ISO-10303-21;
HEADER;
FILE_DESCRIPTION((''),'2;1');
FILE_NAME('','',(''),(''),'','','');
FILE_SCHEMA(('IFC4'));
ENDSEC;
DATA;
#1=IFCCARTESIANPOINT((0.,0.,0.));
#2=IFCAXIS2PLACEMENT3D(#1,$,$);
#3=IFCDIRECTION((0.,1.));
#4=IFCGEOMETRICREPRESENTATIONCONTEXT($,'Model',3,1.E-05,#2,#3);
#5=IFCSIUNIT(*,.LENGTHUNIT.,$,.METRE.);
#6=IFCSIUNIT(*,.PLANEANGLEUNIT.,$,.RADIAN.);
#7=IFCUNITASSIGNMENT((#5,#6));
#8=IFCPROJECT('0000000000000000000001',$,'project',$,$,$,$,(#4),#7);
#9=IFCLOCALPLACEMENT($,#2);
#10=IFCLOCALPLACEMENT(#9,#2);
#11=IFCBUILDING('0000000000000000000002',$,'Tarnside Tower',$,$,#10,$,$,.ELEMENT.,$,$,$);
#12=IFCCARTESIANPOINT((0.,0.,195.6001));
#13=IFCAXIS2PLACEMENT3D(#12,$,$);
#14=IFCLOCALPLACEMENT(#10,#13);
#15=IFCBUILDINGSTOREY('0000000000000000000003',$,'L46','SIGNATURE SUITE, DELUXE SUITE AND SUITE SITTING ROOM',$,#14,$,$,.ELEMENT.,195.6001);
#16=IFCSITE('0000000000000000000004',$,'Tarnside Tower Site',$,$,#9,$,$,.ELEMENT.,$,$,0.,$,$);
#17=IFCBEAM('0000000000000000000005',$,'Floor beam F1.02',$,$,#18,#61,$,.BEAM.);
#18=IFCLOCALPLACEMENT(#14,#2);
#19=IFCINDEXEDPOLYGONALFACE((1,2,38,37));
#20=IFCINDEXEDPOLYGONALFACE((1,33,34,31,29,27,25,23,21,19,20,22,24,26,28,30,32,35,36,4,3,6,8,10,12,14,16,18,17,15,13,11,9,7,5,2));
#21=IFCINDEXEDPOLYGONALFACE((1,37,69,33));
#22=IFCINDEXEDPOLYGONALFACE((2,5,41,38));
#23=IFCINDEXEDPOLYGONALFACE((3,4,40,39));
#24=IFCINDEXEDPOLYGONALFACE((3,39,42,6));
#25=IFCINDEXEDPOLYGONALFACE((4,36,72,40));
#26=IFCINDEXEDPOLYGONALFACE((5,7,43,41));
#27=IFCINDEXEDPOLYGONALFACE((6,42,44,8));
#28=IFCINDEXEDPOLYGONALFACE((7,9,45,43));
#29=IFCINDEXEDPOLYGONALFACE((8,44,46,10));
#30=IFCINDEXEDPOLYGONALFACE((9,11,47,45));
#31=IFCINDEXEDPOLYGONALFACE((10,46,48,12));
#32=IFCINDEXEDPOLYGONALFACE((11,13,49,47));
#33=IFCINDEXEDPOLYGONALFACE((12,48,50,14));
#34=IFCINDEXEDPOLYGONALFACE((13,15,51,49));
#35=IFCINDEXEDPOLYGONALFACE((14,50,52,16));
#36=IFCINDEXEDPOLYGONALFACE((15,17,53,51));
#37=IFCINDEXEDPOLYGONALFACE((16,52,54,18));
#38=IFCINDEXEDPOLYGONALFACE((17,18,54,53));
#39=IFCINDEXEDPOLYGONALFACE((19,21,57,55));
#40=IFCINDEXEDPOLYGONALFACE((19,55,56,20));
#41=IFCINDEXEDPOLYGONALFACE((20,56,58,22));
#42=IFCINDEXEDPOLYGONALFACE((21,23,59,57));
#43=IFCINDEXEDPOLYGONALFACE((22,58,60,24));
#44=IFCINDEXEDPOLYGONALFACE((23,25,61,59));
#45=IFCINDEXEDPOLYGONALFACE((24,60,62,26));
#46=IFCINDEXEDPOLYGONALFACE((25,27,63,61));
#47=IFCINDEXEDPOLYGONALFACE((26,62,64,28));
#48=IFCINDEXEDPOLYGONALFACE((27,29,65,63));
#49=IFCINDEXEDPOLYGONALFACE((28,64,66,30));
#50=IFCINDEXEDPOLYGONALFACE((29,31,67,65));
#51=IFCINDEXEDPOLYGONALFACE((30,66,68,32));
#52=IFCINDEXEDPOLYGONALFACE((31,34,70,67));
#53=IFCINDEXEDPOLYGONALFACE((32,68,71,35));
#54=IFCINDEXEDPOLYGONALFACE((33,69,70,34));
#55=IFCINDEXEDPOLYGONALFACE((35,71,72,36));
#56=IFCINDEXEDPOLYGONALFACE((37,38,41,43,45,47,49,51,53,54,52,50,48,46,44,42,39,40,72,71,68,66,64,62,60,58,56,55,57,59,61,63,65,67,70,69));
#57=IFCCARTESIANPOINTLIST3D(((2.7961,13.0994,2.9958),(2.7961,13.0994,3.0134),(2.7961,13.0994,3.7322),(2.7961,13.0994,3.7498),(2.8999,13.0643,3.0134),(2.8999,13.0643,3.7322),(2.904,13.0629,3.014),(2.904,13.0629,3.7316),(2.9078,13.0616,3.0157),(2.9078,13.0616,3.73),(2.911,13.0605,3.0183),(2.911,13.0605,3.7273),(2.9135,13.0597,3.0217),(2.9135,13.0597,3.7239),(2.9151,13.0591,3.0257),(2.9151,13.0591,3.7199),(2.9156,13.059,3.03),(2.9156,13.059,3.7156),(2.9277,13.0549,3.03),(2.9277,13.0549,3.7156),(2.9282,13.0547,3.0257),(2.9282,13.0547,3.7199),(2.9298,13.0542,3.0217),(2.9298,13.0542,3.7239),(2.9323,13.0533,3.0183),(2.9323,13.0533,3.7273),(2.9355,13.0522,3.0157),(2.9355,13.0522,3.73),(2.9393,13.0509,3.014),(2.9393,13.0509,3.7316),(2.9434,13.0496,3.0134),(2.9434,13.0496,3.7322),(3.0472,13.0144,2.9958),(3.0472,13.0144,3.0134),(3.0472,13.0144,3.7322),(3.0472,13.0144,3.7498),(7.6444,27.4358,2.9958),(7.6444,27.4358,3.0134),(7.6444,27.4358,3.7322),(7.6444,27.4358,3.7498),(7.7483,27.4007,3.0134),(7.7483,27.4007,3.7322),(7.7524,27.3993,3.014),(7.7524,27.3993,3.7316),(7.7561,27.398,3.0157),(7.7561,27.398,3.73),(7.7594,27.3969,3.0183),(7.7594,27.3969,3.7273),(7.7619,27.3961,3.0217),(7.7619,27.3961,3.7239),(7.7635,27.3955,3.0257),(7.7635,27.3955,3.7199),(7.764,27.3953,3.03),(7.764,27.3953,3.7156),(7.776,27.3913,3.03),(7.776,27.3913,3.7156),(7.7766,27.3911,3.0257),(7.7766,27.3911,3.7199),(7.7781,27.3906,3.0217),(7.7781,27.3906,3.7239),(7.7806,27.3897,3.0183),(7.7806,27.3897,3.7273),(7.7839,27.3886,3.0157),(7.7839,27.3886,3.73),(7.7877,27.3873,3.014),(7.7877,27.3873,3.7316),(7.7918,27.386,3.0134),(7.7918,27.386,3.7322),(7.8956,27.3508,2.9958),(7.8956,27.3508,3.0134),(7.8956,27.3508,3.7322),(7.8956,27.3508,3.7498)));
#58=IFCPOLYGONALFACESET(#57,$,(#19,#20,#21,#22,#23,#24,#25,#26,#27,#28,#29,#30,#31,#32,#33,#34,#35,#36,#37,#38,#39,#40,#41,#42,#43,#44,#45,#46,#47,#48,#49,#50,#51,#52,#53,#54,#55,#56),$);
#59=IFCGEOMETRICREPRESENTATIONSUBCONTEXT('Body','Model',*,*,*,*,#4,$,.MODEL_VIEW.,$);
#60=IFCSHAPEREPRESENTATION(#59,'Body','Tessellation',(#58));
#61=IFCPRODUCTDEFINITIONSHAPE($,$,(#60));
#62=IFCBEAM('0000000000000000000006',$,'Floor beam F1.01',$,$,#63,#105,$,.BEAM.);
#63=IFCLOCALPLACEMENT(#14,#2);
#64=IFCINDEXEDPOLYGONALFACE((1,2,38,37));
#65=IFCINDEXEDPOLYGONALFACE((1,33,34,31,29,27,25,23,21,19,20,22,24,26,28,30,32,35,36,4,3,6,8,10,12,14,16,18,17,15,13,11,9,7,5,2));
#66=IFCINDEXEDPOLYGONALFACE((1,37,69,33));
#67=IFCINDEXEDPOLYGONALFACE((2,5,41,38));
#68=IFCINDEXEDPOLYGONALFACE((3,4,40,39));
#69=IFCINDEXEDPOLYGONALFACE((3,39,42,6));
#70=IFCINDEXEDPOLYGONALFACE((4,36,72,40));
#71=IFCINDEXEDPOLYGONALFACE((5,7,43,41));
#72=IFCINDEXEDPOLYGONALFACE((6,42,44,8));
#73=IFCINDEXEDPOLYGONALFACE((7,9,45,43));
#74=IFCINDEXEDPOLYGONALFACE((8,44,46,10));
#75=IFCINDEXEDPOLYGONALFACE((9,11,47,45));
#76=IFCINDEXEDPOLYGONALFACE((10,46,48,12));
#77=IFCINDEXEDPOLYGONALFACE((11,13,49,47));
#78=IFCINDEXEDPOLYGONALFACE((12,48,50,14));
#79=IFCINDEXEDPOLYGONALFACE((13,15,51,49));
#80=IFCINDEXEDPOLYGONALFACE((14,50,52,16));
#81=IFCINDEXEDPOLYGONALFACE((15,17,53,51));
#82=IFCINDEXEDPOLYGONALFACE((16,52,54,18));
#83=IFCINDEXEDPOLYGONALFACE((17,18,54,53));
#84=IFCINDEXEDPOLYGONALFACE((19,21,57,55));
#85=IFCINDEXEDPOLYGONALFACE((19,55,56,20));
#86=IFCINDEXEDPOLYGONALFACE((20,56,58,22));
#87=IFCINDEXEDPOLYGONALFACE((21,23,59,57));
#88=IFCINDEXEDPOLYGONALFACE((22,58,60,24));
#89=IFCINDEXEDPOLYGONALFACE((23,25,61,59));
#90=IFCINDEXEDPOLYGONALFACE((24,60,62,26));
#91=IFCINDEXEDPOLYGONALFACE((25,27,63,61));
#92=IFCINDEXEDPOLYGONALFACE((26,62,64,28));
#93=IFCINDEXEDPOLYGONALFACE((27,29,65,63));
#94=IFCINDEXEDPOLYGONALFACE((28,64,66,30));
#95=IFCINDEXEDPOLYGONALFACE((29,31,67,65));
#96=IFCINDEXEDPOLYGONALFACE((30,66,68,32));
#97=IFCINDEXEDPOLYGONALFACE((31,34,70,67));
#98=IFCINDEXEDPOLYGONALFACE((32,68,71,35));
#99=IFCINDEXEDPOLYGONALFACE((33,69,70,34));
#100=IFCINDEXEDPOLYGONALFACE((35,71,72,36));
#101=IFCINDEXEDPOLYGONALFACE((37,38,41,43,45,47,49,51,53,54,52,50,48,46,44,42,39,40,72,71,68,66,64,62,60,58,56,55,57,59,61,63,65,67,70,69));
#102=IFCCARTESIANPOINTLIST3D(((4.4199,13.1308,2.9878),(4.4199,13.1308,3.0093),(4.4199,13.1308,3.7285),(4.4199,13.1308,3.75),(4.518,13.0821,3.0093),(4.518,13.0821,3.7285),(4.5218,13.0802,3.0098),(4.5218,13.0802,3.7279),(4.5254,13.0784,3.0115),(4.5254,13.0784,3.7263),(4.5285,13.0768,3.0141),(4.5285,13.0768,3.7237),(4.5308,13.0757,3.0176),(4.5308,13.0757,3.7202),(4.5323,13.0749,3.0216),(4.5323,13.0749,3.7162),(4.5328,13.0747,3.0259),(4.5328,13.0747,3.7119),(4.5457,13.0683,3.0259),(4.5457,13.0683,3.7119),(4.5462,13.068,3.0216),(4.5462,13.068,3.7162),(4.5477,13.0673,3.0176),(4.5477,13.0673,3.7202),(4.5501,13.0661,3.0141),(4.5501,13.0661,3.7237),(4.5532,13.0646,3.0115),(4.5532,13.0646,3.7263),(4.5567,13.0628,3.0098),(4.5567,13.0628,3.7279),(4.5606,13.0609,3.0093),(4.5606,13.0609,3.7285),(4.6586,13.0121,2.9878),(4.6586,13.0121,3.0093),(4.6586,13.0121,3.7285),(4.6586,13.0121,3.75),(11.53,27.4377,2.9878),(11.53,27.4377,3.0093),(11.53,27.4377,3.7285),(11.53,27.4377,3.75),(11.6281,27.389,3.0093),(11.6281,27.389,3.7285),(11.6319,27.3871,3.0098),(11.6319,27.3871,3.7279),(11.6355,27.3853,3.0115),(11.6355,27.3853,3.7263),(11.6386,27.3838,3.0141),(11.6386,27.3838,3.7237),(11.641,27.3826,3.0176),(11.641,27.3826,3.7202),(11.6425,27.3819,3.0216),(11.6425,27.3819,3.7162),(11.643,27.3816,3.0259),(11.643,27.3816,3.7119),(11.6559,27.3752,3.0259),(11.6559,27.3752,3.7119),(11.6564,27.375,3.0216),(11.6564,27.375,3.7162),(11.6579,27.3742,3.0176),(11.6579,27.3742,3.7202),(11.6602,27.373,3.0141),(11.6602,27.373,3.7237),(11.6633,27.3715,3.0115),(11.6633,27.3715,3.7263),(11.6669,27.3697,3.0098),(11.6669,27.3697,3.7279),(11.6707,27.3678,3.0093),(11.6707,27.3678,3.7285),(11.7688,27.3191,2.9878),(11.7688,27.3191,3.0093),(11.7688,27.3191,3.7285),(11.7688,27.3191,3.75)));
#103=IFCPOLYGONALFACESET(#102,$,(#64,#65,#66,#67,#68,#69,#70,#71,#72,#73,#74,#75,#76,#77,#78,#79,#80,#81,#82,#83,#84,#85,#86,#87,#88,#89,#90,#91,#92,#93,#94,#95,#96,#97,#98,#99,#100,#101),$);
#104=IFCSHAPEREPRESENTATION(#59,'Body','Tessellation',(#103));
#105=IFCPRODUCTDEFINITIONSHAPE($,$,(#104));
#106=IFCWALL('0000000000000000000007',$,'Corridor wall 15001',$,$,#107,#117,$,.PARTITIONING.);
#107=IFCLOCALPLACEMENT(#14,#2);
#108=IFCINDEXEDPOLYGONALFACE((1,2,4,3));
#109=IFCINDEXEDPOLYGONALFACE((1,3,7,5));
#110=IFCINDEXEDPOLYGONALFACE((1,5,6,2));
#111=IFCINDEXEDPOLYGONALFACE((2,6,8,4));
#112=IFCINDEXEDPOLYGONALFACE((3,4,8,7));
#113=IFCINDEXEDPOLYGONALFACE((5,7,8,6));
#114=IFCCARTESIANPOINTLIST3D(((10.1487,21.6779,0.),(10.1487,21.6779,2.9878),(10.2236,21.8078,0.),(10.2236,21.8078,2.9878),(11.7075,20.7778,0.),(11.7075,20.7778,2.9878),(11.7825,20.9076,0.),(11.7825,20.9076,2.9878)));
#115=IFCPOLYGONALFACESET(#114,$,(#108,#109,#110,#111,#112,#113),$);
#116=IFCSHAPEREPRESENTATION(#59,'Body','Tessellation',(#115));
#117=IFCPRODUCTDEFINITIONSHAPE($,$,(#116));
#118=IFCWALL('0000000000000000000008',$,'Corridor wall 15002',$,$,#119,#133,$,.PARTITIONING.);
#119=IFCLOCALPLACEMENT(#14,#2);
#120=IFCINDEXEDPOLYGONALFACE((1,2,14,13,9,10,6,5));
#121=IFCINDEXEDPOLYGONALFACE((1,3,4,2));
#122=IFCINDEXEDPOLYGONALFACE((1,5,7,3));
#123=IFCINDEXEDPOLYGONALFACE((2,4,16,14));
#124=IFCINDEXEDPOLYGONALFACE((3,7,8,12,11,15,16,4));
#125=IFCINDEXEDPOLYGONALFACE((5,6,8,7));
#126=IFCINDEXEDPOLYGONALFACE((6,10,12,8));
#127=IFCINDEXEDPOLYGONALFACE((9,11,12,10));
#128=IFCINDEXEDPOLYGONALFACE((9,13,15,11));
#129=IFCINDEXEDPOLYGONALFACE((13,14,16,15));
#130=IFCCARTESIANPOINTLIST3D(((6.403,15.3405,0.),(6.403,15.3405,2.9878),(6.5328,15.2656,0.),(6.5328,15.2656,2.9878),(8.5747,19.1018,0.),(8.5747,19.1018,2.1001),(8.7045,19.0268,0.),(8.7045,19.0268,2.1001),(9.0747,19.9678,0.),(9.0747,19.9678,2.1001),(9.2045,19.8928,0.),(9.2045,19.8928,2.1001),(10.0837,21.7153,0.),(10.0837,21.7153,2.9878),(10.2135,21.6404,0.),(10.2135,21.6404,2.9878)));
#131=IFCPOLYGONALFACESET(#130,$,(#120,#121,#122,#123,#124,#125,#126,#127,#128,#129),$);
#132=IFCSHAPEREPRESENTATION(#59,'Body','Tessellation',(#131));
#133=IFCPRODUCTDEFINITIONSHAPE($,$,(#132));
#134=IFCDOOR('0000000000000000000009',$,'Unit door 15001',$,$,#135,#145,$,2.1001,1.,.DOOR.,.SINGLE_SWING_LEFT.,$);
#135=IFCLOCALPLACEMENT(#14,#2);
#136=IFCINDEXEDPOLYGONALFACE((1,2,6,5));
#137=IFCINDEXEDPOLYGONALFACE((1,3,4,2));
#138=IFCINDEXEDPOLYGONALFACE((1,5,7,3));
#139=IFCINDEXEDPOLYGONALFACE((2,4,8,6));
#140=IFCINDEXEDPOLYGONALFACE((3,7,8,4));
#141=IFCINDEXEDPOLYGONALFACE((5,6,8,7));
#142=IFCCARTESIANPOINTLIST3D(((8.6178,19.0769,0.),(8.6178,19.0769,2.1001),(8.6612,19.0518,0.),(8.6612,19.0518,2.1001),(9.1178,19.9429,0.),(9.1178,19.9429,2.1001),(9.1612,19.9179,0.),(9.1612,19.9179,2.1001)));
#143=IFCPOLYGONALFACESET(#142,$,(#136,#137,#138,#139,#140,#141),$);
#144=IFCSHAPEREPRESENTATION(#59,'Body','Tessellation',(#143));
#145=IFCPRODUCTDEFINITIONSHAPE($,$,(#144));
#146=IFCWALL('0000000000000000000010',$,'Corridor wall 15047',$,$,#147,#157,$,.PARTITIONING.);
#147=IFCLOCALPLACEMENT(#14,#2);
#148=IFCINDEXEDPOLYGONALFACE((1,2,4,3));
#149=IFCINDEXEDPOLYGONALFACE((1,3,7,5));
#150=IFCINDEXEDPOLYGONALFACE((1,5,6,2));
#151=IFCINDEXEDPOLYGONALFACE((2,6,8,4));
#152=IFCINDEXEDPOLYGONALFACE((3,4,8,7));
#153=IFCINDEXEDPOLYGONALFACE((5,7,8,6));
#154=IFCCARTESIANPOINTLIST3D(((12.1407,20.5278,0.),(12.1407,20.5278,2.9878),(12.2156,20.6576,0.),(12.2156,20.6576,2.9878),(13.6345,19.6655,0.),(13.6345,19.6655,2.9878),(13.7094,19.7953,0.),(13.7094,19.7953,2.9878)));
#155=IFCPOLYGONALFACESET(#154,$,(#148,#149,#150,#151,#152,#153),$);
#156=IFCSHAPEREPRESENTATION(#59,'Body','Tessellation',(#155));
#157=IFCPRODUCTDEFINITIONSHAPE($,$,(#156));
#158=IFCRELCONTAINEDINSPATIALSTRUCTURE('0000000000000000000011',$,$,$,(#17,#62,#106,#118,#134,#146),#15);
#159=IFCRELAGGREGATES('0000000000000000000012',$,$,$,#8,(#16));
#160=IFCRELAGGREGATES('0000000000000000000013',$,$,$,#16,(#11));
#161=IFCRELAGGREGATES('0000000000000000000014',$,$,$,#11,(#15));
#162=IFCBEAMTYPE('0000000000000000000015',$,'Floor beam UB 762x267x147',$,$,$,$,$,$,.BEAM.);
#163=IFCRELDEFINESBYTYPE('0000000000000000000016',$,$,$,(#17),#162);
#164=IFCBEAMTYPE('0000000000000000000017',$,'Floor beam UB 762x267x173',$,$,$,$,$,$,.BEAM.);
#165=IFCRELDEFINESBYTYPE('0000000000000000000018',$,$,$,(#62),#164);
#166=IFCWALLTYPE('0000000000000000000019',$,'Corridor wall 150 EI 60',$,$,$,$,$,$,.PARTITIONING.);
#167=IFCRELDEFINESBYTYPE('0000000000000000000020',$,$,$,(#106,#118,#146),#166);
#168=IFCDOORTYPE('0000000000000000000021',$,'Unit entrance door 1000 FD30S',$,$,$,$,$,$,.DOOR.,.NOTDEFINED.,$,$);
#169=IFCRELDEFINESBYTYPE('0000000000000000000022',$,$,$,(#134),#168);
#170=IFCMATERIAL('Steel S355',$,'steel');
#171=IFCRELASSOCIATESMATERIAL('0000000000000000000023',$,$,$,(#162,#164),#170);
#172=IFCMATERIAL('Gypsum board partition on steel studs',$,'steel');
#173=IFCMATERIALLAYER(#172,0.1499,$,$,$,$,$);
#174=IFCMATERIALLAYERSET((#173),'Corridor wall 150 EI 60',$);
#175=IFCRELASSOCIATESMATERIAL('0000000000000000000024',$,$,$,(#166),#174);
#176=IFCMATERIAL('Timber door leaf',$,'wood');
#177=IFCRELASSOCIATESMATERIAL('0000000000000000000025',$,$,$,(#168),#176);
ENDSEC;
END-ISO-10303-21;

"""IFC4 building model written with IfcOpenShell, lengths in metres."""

from ifc_helpers import new_model, si_unit, direction, frame, frame_2d, origin, origin_2d, place, context, subcontext, project, spatial, rectangle, i_section, extrude, material, layer, layer_set, material_profile, profile_set, type_object, element, fill, save


model = new_model("IFC4")

# Units and contexts
model_context = context("Model", 3, precision=1e-05, world=origin(), true_north=direction((0.0, 1.0)))
body_context = subcontext(model_context, "Body", "Model", "MODEL_VIEW")
ifc_project = project(units=[si_unit("LENGTHUNIT", "METRE"), si_unit("PLANEANGLEUNIT", "RADIAN")], contexts=[model_context])

# Site, building, storey
site_placement = place(None, origin())
site = spatial("IfcSite", under=ifc_project, at=site_placement, Name="Tarnside Tower Site", CompositionType="ELEMENT", RefElevation=0.0)
building_placement = place(site_placement, origin())
building = spatial("IfcBuilding", under=site, at=building_placement, Name="Tarnside Tower", CompositionType="ELEMENT")
storey_placement = place(building_placement, frame((0.0, 0.0, 195.6001)))
storey = spatial("IfcBuildingStorey", under=building, at=storey_placement, Name="L46", Description="SIGNATURE SUITE, DELUXE SUITE AND SUITE SITTING ROOM", CompositionType="ELEMENT", Elevation=195.6001)

# Beams
ifc_material_1 = material(Name="Steel S355", Category="steel")
ifc_material_profile_1 = material_profile(ifc_material_1, i_section(OverallWidth=0.2651, OverallDepth=0.7539, WebThickness=0.0127, FlangeThickness=0.0176, FilletRadius=0.0166, at=origin_2d()), Name="UB 762x267x147")
ifc_profile_set_1 = profile_set([ifc_material_profile_1], Name="Steel S355")
beam_type_1 = type_object("IfcBeamType", Name="Floor beam UB 762x267x147", PredefinedType="BEAM", material=ifc_profile_set_1)
beam_1_placement = place(storey_placement, frame((7.77, 27.3933, 3.3728), z_axis=(-0.320363, -0.947295, 0.0), x_axis=(0.947295, -0.320363, 0.0)))
element("IfcBeam", 1, at=beam_1_placement, inside=storey, type_object=beam_type_1, Name="Floor beam F1.02", PredefinedType="BEAM", context=body_context, shape_type="SweptSolid", body=[
    extrude(i_section(OverallWidth=0.2651, OverallDepth=0.7539, WebThickness=0.0127, FlangeThickness=0.0176, FilletRadius=0.0166, at=origin_2d()), origin(), (0.0, 0.0, 1.0), 15.134),
])
ifc_material_profile_2 = material_profile(ifc_material_1, i_section(OverallWidth=0.2666, OverallDepth=0.7622, WebThickness=0.0144, FlangeThickness=0.0215, FilletRadius=0.0166, at=origin_2d()), Name="UB 762x267x173")
ifc_profile_set_2 = profile_set([ifc_material_profile_2], Name="Steel S355")
beam_type_2 = type_object("IfcBeamType", Name="Floor beam UB 762x267x173", PredefinedType="BEAM", material=ifc_profile_set_2)
beam_2_placement = place(storey_placement, frame((11.6494, 27.3784, 3.3689), z_axis=(-0.445042, -0.89551, 0.0), x_axis=(0.89551, -0.445042, 0.0)))
element("IfcBeam", 2, at=beam_2_placement, inside=storey, type_object=beam_type_2, Name="Floor beam F1.01", PredefinedType="BEAM", context=body_context, shape_type="SweptSolid", body=[
    extrude(i_section(OverallWidth=0.2666, OverallDepth=0.7622, WebThickness=0.0144, FlangeThickness=0.0215, FilletRadius=0.0166, at=origin_2d()), origin(), (0.0, 0.0, 1.0), 15.9763),
])

# Wall
ifc_material_2 = material(Name="Gypsum board partition on steel studs", Category="steel")
ifc_layer_1 = layer(ifc_material_2, 0.1499)
ifc_layer_set_1 = layer_set([ifc_layer_1], Name="Corridor wall 150 EI 60")
wall_type_1 = type_object("IfcWallType", Name="Corridor wall 150 EI 60", PredefinedType="PARTITIONING", material=ifc_layer_set_1)
wall_1_placement = place(storey_placement, frame((11.7449, 20.8428, 0.0), z_axis=(0.0, 0.0, 1.0), x_axis=(-0.865989, 0.500063, 0.0)))
element("IfcWall", 3, at=wall_1_placement, inside=storey, type_object=wall_type_1, Name="Corridor wall 15001", PredefinedType="PARTITIONING", context=body_context, shape_type="SweptSolid", body=[
    extrude(rectangle(XDim=1.8, YDim=0.1499, at=frame_2d((0.8999, 0.0))), origin(), (0.0, 0.0, 1.0), 2.9878),
])

# Wall, opening, door
wall_2_placement = place(storey_placement, frame((10.1487, 21.678, 0.0), z_axis=(0.0, 0.0, 1.0), x_axis=(-0.50002, -0.866014, 0.0)))
wall_2 = element("IfcWall", 4, at=wall_2_placement, inside=storey, type_object=wall_type_1, Name="Corridor wall 15002", PredefinedType="PARTITIONING", context=body_context, shape_type="SweptSolid", body=[
    extrude(rectangle(XDim=7.3611, YDim=0.1499, at=frame_2d((3.6807, 0.0))), origin(), (0.0, 0.0, 1.0), 2.9878),
])
opening_1_placement = place(wall_2_placement, frame((2.0181, 0.0, 0.0)))
opening_1 = element("IfcOpeningElement", 5, at=opening_1_placement, cuts=wall_2, PredefinedType="OPENING", context=body_context, shape_type="SweptSolid", body=[
    extrude(rectangle(XDim=1.0, YDim=2.1001, at=frame_2d((0.5, 1.05))), frame((0.0, 0.085, 0.0), z_axis=(0.0, -1.0, 0.0), x_axis=(1.0, 0.0, 0.0)), (0.0, 0.0, 1.0), 0.1699),
])
ifc_material_3 = material(Name="Timber door leaf", Category="wood")
door_type = type_object("IfcDoorType", Name="Unit entrance door 1000 FD30S", OperationType="NOTDEFINED", PredefinedType="DOOR", material=ifc_material_3)
door_placement = place(opening_1_placement, origin())
door = element("IfcDoor", 6, at=door_placement, inside=storey, type_object=door_type, Name="Unit door 15001", OperationType="SINGLE_SWING_LEFT", OverallHeight=2.1001, OverallWidth=1.0, PredefinedType="DOOR", context=body_context, shape_type="SweptSolid", body=[
    extrude(rectangle(XDim=1.0, YDim=2.1001, at=frame_2d((0.5, 1.05))), frame((0.0, 0.0249, 0.0), z_axis=(0.0, -1.0, 0.0), x_axis=(1.0, 0.0, 0.0)), (0.0, 0.0, 1.0), 0.05),
])
fill(opening_1, door)

# Wall
wall_3_placement = place(storey_placement, frame((13.6719, 19.7305, 0.0), z_axis=(0.0, 0.0, 1.0), x_axis=(-0.866075, 0.499914, 0.0)))
element("IfcWall", 7, at=wall_3_placement, inside=storey, type_object=wall_type_1, Name="Corridor wall 15047", PredefinedType="PARTITIONING", context=body_context, shape_type="SweptSolid", body=[
    extrude(rectangle(XDim=1.7249, YDim=0.1499, at=frame_2d((0.8623, 0.0))), origin(), (0.0, 0.0, 1.0), 2.9878),
])

save(model, "model.ifc")
